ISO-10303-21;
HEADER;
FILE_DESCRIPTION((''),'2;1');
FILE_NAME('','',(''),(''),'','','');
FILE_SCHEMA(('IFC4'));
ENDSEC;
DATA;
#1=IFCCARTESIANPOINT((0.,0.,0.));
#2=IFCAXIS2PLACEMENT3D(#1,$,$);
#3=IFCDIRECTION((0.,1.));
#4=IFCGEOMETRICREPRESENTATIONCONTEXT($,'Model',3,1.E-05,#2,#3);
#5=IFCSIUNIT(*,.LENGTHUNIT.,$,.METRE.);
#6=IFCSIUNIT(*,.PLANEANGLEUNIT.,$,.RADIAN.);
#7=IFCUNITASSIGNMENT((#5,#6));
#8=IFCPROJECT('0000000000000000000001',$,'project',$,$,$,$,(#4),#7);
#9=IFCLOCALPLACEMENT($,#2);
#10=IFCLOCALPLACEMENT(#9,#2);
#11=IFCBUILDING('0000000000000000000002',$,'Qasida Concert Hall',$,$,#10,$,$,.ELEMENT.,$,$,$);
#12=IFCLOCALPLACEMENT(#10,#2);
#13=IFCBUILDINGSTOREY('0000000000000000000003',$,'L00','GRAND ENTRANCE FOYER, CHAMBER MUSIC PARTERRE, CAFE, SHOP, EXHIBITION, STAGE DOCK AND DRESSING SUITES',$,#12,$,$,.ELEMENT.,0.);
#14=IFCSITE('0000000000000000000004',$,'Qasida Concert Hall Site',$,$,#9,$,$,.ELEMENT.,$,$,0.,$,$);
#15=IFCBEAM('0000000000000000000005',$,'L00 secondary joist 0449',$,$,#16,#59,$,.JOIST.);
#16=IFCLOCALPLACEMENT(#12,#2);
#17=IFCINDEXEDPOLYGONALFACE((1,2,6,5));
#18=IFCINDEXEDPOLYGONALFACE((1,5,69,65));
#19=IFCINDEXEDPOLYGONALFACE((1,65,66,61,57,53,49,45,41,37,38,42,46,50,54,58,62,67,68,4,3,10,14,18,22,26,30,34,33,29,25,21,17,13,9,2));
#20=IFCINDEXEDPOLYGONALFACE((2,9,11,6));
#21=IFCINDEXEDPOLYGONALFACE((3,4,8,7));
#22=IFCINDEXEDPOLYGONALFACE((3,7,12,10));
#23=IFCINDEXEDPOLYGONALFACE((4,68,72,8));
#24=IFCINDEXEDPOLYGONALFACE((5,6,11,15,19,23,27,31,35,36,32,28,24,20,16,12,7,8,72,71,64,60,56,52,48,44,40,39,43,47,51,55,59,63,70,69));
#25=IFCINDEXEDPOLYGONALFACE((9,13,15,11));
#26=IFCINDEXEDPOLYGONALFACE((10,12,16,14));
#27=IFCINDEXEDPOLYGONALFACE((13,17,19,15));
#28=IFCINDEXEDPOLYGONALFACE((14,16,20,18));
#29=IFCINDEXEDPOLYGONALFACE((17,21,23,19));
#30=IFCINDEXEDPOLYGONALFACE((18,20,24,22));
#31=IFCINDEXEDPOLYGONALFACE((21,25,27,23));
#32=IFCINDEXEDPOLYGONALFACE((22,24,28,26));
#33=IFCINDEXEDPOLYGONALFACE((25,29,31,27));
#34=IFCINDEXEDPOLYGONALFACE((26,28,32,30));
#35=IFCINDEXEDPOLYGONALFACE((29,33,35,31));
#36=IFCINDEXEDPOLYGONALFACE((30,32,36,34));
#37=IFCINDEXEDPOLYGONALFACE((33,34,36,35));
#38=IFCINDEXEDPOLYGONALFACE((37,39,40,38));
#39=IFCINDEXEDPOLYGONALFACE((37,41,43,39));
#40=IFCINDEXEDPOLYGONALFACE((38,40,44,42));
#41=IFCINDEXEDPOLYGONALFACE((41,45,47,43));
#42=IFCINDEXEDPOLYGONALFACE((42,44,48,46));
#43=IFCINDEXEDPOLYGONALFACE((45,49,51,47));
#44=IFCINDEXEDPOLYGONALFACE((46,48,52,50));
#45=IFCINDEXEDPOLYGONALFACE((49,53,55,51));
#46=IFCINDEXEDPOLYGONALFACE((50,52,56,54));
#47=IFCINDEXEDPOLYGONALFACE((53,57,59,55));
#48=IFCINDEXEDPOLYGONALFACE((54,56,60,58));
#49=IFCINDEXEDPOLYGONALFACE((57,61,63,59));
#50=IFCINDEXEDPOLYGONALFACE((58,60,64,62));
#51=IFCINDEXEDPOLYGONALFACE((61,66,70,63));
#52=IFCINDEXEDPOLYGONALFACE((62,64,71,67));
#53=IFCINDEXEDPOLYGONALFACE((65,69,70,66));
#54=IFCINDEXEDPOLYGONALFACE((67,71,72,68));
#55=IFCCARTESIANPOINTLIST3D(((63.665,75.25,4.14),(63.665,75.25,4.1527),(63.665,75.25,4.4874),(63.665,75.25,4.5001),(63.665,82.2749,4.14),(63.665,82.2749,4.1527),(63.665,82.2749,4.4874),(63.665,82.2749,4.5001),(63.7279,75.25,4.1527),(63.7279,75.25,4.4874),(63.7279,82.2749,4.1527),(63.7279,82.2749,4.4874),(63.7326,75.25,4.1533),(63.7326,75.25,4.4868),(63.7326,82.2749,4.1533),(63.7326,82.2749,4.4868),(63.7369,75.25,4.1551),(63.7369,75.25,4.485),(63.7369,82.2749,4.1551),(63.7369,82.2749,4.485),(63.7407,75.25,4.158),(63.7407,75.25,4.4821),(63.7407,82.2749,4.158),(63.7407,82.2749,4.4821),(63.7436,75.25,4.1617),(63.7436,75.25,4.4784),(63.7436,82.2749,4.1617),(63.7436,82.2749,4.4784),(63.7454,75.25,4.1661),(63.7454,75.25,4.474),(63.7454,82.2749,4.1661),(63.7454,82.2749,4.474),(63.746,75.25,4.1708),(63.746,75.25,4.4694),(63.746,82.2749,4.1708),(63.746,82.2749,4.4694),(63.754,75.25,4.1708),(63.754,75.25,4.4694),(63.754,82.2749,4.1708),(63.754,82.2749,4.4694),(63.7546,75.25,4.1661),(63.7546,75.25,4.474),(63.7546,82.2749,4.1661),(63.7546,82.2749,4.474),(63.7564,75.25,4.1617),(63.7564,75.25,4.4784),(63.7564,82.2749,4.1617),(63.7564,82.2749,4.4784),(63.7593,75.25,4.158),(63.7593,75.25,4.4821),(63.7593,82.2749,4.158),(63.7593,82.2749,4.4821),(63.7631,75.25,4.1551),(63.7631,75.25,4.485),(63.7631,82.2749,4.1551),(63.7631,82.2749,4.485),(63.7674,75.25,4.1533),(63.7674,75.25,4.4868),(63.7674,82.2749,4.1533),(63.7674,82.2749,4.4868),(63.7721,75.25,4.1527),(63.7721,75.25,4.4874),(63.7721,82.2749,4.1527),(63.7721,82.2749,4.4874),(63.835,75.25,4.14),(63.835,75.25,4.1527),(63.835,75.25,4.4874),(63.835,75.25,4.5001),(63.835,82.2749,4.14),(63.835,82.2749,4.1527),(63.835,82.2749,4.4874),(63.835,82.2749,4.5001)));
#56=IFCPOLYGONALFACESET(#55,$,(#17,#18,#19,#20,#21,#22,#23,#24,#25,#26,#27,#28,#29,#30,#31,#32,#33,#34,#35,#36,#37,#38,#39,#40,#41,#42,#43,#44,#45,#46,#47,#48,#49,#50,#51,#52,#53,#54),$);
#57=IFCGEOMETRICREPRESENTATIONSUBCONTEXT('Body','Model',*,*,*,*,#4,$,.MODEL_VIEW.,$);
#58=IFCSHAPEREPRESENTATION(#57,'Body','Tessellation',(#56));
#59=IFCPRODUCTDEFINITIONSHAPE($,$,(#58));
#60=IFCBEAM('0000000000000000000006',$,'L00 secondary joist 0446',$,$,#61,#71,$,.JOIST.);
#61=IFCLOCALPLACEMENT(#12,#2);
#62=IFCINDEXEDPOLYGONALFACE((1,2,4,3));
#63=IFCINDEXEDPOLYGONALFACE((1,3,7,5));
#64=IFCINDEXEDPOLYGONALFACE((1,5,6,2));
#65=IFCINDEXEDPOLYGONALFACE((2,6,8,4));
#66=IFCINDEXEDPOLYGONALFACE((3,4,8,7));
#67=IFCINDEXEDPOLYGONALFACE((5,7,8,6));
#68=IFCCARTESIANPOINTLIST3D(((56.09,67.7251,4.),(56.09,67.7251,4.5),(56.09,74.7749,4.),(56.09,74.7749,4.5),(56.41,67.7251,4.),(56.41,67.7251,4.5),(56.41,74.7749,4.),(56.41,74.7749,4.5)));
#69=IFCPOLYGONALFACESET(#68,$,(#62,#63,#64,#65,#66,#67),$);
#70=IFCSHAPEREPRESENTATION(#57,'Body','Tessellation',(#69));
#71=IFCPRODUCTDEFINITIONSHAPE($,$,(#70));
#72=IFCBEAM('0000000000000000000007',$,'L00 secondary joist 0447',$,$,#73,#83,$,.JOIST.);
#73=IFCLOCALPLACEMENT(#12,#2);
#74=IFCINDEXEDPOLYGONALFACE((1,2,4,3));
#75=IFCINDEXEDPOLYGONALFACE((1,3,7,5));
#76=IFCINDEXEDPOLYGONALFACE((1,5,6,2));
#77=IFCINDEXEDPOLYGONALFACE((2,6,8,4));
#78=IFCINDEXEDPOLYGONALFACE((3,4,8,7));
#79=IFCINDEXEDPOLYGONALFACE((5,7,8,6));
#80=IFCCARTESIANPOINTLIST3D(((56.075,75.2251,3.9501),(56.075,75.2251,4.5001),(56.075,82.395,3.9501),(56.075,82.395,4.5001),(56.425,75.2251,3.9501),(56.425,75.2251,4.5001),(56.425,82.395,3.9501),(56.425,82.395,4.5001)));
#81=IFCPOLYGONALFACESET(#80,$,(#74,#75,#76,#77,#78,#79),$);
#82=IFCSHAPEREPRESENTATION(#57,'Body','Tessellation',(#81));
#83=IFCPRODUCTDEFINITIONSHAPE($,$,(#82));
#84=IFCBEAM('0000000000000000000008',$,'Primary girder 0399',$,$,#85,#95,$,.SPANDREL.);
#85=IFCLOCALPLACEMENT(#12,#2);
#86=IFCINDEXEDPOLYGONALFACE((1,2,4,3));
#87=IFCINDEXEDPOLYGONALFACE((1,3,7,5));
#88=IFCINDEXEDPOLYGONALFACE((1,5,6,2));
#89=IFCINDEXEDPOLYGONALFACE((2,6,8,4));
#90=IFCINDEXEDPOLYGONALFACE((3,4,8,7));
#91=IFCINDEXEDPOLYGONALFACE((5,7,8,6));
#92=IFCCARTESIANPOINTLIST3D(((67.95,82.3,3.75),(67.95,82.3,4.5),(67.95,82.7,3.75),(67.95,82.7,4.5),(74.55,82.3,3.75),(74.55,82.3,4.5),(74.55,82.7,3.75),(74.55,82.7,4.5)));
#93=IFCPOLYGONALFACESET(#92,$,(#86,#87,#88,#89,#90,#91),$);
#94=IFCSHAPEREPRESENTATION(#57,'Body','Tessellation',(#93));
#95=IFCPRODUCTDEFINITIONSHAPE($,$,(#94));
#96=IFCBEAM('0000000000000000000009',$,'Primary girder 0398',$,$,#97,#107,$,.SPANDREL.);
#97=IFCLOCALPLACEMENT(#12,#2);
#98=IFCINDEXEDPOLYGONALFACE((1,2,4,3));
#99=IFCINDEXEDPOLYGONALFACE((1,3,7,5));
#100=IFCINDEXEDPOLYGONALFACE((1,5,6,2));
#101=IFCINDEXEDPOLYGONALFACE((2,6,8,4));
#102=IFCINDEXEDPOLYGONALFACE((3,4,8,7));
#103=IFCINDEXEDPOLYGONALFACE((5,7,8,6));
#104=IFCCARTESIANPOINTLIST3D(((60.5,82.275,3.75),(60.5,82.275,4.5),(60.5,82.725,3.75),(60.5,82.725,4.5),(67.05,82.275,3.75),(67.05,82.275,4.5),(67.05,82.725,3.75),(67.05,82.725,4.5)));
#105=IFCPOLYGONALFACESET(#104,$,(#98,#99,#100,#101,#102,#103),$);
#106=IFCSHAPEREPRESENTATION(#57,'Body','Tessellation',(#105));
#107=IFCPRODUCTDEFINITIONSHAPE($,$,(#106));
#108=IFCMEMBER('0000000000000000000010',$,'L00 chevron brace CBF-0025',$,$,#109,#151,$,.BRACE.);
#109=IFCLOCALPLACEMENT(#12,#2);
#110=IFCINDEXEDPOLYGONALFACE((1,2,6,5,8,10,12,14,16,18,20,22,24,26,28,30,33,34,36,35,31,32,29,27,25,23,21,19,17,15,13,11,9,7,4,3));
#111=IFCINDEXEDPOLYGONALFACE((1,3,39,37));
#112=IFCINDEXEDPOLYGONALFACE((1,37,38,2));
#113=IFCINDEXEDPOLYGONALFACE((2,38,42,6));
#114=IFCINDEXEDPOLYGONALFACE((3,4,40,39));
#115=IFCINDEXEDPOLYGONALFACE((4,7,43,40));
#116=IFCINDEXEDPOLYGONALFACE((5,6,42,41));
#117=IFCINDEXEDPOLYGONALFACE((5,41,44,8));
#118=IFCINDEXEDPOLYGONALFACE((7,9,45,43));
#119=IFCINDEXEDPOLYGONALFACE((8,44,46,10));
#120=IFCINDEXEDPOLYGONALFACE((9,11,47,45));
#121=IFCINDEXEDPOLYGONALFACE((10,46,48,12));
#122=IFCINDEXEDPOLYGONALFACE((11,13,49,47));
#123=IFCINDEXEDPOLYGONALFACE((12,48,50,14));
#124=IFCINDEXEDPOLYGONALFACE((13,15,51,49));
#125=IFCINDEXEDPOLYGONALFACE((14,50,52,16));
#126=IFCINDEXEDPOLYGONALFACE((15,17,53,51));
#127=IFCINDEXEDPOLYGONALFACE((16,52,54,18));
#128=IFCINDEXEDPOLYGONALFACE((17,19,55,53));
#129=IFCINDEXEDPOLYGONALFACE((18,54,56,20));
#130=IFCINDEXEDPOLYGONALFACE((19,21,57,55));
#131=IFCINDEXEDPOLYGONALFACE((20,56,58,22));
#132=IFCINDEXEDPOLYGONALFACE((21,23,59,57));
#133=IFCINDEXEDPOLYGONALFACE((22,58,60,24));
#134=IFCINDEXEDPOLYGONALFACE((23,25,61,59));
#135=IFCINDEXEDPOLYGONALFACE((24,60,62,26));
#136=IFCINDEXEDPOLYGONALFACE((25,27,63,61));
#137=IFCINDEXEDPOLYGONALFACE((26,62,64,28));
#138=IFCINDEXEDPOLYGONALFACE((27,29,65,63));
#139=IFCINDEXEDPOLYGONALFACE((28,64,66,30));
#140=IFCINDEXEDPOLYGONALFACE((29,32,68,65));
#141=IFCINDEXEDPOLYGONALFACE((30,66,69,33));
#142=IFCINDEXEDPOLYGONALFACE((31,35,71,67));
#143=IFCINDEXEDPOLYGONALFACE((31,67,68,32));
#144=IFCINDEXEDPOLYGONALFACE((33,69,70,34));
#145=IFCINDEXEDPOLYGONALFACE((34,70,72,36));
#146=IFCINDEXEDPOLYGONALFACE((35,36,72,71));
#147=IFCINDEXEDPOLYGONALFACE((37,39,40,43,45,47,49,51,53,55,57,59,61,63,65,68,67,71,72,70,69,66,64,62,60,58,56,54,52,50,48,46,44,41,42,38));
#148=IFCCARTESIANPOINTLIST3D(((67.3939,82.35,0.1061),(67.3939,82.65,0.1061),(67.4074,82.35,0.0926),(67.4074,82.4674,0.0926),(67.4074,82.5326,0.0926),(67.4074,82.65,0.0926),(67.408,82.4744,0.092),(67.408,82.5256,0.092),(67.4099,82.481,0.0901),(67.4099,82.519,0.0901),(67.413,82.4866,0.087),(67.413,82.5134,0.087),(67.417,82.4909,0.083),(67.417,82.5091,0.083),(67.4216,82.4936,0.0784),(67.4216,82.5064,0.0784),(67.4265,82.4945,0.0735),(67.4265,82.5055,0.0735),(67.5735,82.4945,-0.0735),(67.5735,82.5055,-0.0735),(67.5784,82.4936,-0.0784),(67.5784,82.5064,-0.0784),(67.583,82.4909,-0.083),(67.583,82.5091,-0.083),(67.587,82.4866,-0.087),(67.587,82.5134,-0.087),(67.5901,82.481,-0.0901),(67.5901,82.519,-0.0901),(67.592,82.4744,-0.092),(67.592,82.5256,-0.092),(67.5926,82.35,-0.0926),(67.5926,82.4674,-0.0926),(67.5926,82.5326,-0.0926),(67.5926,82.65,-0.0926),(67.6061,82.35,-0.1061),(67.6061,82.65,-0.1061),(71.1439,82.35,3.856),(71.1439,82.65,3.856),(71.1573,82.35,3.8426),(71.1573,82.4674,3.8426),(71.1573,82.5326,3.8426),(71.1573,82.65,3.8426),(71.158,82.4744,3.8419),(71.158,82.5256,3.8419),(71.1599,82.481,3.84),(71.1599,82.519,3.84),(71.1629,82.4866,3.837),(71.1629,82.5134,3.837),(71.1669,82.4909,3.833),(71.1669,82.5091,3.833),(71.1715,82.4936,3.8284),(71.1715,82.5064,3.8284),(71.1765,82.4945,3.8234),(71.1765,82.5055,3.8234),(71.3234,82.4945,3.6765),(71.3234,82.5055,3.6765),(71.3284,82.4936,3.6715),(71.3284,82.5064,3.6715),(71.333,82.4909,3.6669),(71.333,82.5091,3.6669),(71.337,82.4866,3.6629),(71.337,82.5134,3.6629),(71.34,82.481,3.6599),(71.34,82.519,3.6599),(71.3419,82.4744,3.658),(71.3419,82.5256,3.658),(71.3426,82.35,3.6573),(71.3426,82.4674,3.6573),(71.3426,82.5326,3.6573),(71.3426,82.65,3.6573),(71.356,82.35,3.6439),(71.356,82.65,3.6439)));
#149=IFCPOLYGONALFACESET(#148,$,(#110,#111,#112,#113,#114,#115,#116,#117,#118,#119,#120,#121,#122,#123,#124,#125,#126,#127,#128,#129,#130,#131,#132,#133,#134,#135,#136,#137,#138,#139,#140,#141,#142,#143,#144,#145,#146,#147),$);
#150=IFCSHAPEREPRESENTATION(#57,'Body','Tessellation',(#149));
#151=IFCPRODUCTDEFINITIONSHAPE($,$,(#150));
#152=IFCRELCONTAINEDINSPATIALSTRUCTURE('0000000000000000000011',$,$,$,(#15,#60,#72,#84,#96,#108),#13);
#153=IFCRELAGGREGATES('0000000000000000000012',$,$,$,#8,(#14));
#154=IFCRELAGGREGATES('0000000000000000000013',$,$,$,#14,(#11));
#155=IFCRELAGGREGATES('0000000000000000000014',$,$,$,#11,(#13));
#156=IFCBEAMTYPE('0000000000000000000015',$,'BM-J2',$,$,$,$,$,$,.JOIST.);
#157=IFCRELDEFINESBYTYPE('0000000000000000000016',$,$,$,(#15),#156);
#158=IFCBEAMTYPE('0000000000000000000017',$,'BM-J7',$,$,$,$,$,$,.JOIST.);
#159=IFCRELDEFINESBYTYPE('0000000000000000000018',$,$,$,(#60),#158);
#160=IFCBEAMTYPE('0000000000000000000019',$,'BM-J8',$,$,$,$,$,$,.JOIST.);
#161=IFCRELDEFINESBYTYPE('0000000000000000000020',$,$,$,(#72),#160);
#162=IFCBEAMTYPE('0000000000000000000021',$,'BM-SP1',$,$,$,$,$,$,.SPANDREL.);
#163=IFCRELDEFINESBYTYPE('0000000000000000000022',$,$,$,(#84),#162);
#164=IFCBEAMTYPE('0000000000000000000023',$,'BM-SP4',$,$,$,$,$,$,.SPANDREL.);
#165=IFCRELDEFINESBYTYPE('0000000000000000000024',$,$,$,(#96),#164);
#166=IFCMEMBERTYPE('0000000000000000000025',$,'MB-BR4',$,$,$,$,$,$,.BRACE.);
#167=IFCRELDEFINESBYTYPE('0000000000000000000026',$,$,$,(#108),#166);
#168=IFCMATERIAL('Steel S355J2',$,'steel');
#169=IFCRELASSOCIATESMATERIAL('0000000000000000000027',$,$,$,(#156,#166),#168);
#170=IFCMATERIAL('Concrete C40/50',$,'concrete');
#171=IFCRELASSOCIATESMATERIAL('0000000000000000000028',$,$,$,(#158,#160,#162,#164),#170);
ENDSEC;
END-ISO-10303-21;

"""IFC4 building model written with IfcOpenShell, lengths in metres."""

from ifc_helpers import new_model, si_unit, direction, frame, origin, origin_2d, place, context, subcontext, project, spatial, rectangle, i_section, extrude, material, material_profile, profile_set, type_object, element, save


model = new_model("IFC4")

# Units and contexts
model_context = context("Model", 3, precision=1e-05, world=origin(), true_north=direction((0.0, 1.0)))
body_context = subcontext(model_context, "Body", "Model", "MODEL_VIEW")
ifc_project = project(units=[si_unit("LENGTHUNIT", "METRE"), si_unit("PLANEANGLEUNIT", "RADIAN")], contexts=[model_context])

# Site, building, storey
site_placement = place(None, origin())
site = spatial("IfcSite", under=ifc_project, at=site_placement, Name="Qasida Concert Hall Site", CompositionType="ELEMENT", RefElevation=0.0)
building_placement = place(site_placement, origin())
building = spatial("IfcBuilding", under=site, at=building_placement, Name="Qasida Concert Hall", CompositionType="ELEMENT")
storey_placement = place(building_placement, origin())
storey = spatial("IfcBuildingStorey", under=building, at=storey_placement, Name="L00", Description="GRAND ENTRANCE FOYER, CHAMBER MUSIC PARTERRE, CAFE, SHOP, EXHIBITION, STAGE DOCK AND DRESSING SUITES", CompositionType="ELEMENT", Elevation=0.0)

# Beams
ifc_material_1 = material(Name="Concrete C40/50", Category="concrete")
ifc_material_2 = material(Name="Steel S355J2", Category="steel")
ifc_material_profile_1 = material_profile(ifc_material_2, i_section(OverallWidth=0.1699, OverallDepth=0.3601, WebThickness=0.0081, FlangeThickness=0.0127, FilletRadius=0.0181, at=origin_2d()), Name="IPE 360")
ifc_profile_set_1 = profile_set([ifc_material_profile_1], Name="Steel S355J2")
beam_type_1 = type_object("IfcBeamType", Name="BM-J2", PredefinedType="JOIST", material=ifc_profile_set_1)
beam_1_placement = place(storey_placement, frame((63.75, 75.25, 4.3201), z_axis=(0.0, 1.0, 0.0), x_axis=(-1.0, 0.0, 0.0)))
element("IfcBeam", 1, at=beam_1_placement, inside=storey, type_object=beam_type_1, Name="L00 secondary joist 0449", PredefinedType="JOIST", context=body_context, shape_type="SweptSolid", body=[
    extrude(i_section(OverallWidth=0.1699, OverallDepth=0.3601, WebThickness=0.0081, FlangeThickness=0.0127, FilletRadius=0.0181, at=origin_2d()), origin(), (0.0, 0.0, 1.0), 7.0249),
])
ifc_material_profile_2 = material_profile(ifc_material_1, rectangle(XDim=0.3201, YDim=0.5, at=origin_2d()), Name="RC 320x500")
ifc_profile_set_2 = profile_set([ifc_material_profile_2], Name="Concrete C40/50")
beam_type_2 = type_object("IfcBeamType", Name="BM-J7", PredefinedType="JOIST", material=ifc_profile_set_2)
beam_2_placement = place(storey_placement, frame((56.25, 67.7251, 4.25), z_axis=(0.0, 1.0, 0.0), x_axis=(-1.0, 0.0, 0.0)))
element("IfcBeam", 2, at=beam_2_placement, inside=storey, type_object=beam_type_2, Name="L00 secondary joist 0446", PredefinedType="JOIST", context=body_context, shape_type="SweptSolid", body=[
    extrude(rectangle(XDim=0.3201, YDim=0.5, at=origin_2d()), origin(), (0.0, 0.0, 1.0), 7.0498),
])
ifc_material_profile_3 = material_profile(ifc_material_1, rectangle(XDim=0.3501, YDim=0.55, at=origin_2d()), Name="RC 350x550")
ifc_profile_set_3 = profile_set([ifc_material_profile_3], Name="Concrete C40/50")
beam_type_3 = type_object("IfcBeamType", Name="BM-J8", PredefinedType="JOIST", material=ifc_profile_set_3)
beam_3_placement = place(storey_placement, frame((56.25, 75.2251, 4.2251), z_axis=(0.0, 1.0, 0.0), x_axis=(-1.0, 0.0, 0.0)))
element("IfcBeam", 3, at=beam_3_placement, inside=storey, type_object=beam_type_3, Name="L00 secondary joist 0447", PredefinedType="JOIST", context=body_context, shape_type="SweptSolid", body=[
    extrude(rectangle(XDim=0.3501, YDim=0.55, at=origin_2d()), origin(), (0.0, 0.0, 1.0), 7.1699),
])
ifc_material_profile_4 = material_profile(ifc_material_1, rectangle(XDim=0.3999, YDim=0.75, at=origin_2d()), Name="RC 400x750")
ifc_profile_set_4 = profile_set([ifc_material_profile_4], Name="Concrete C40/50")
beam_type_4 = type_object("IfcBeamType", Name="BM-SP1", PredefinedType="SPANDREL", material=ifc_profile_set_4)
beam_4_placement = place(storey_placement, frame((67.95, 82.5, 4.125), z_axis=(1.0, 0.0, 0.0), x_axis=(0.0, 1.0, 0.0)))
element("IfcBeam", 4, at=beam_4_placement, inside=storey, type_object=beam_type_4, Name="Primary girder 0399", PredefinedType="SPANDREL", context=body_context, shape_type="SweptSolid", body=[
    extrude(rectangle(XDim=0.3999, YDim=0.75, at=origin_2d()), origin(), (0.0, 0.0, 1.0), 6.6001),
])
ifc_material_profile_5 = material_profile(ifc_material_1, rectangle(XDim=0.45, YDim=0.75, at=origin_2d()), Name="RC 450x750")
ifc_profile_set_5 = profile_set([ifc_material_profile_5], Name="Concrete C40/50")
beam_type_5 = type_object("IfcBeamType", Name="BM-SP4", PredefinedType="SPANDREL", material=ifc_profile_set_5)
beam_5_placement = place(storey_placement, frame((60.5, 82.5, 4.125), z_axis=(1.0, 0.0, 0.0), x_axis=(0.0, 1.0, 0.0)))
element("IfcBeam", 5, at=beam_5_placement, inside=storey, type_object=beam_type_5, Name="Primary girder 0398", PredefinedType="SPANDREL", context=body_context, shape_type="SweptSolid", body=[
    extrude(rectangle(XDim=0.45, YDim=0.75, at=origin_2d()), origin(), (0.0, 0.0, 1.0), 6.55),
])

# Member
ifc_material_profile_6 = material_profile(ifc_material_2, i_section(OverallWidth=0.3, OverallDepth=0.3, WebThickness=0.011, FlangeThickness=0.019, FilletRadius=0.0271, at=origin_2d()), Name="HEB 300")
ifc_profile_set_6 = profile_set([ifc_material_profile_6], Name="Steel S355J2")
member_type = type_object("IfcMemberType", Name="MB-BR4", PredefinedType="BRACE", material=ifc_profile_set_6)
member_placement = place(storey_placement, frame((67.5, 82.5, 0.0), z_axis=(0.707107, 0.0, 0.707107), x_axis=(0.0, 1.0, 0.0)))
element("IfcMember", 6, at=member_placement, inside=storey, type_object=member_type, Name="L00 chevron brace CBF-0025", PredefinedType="BRACE", context=body_context, shape_type="SweptSolid", body=[
    extrude(i_section(OverallWidth=0.3, OverallDepth=0.3, WebThickness=0.011, FlangeThickness=0.019, FilletRadius=0.0271, at=origin_2d()), origin(), (0.0, 0.0, 1.0), 5.3032),
])

save(model, "model.ifc")
